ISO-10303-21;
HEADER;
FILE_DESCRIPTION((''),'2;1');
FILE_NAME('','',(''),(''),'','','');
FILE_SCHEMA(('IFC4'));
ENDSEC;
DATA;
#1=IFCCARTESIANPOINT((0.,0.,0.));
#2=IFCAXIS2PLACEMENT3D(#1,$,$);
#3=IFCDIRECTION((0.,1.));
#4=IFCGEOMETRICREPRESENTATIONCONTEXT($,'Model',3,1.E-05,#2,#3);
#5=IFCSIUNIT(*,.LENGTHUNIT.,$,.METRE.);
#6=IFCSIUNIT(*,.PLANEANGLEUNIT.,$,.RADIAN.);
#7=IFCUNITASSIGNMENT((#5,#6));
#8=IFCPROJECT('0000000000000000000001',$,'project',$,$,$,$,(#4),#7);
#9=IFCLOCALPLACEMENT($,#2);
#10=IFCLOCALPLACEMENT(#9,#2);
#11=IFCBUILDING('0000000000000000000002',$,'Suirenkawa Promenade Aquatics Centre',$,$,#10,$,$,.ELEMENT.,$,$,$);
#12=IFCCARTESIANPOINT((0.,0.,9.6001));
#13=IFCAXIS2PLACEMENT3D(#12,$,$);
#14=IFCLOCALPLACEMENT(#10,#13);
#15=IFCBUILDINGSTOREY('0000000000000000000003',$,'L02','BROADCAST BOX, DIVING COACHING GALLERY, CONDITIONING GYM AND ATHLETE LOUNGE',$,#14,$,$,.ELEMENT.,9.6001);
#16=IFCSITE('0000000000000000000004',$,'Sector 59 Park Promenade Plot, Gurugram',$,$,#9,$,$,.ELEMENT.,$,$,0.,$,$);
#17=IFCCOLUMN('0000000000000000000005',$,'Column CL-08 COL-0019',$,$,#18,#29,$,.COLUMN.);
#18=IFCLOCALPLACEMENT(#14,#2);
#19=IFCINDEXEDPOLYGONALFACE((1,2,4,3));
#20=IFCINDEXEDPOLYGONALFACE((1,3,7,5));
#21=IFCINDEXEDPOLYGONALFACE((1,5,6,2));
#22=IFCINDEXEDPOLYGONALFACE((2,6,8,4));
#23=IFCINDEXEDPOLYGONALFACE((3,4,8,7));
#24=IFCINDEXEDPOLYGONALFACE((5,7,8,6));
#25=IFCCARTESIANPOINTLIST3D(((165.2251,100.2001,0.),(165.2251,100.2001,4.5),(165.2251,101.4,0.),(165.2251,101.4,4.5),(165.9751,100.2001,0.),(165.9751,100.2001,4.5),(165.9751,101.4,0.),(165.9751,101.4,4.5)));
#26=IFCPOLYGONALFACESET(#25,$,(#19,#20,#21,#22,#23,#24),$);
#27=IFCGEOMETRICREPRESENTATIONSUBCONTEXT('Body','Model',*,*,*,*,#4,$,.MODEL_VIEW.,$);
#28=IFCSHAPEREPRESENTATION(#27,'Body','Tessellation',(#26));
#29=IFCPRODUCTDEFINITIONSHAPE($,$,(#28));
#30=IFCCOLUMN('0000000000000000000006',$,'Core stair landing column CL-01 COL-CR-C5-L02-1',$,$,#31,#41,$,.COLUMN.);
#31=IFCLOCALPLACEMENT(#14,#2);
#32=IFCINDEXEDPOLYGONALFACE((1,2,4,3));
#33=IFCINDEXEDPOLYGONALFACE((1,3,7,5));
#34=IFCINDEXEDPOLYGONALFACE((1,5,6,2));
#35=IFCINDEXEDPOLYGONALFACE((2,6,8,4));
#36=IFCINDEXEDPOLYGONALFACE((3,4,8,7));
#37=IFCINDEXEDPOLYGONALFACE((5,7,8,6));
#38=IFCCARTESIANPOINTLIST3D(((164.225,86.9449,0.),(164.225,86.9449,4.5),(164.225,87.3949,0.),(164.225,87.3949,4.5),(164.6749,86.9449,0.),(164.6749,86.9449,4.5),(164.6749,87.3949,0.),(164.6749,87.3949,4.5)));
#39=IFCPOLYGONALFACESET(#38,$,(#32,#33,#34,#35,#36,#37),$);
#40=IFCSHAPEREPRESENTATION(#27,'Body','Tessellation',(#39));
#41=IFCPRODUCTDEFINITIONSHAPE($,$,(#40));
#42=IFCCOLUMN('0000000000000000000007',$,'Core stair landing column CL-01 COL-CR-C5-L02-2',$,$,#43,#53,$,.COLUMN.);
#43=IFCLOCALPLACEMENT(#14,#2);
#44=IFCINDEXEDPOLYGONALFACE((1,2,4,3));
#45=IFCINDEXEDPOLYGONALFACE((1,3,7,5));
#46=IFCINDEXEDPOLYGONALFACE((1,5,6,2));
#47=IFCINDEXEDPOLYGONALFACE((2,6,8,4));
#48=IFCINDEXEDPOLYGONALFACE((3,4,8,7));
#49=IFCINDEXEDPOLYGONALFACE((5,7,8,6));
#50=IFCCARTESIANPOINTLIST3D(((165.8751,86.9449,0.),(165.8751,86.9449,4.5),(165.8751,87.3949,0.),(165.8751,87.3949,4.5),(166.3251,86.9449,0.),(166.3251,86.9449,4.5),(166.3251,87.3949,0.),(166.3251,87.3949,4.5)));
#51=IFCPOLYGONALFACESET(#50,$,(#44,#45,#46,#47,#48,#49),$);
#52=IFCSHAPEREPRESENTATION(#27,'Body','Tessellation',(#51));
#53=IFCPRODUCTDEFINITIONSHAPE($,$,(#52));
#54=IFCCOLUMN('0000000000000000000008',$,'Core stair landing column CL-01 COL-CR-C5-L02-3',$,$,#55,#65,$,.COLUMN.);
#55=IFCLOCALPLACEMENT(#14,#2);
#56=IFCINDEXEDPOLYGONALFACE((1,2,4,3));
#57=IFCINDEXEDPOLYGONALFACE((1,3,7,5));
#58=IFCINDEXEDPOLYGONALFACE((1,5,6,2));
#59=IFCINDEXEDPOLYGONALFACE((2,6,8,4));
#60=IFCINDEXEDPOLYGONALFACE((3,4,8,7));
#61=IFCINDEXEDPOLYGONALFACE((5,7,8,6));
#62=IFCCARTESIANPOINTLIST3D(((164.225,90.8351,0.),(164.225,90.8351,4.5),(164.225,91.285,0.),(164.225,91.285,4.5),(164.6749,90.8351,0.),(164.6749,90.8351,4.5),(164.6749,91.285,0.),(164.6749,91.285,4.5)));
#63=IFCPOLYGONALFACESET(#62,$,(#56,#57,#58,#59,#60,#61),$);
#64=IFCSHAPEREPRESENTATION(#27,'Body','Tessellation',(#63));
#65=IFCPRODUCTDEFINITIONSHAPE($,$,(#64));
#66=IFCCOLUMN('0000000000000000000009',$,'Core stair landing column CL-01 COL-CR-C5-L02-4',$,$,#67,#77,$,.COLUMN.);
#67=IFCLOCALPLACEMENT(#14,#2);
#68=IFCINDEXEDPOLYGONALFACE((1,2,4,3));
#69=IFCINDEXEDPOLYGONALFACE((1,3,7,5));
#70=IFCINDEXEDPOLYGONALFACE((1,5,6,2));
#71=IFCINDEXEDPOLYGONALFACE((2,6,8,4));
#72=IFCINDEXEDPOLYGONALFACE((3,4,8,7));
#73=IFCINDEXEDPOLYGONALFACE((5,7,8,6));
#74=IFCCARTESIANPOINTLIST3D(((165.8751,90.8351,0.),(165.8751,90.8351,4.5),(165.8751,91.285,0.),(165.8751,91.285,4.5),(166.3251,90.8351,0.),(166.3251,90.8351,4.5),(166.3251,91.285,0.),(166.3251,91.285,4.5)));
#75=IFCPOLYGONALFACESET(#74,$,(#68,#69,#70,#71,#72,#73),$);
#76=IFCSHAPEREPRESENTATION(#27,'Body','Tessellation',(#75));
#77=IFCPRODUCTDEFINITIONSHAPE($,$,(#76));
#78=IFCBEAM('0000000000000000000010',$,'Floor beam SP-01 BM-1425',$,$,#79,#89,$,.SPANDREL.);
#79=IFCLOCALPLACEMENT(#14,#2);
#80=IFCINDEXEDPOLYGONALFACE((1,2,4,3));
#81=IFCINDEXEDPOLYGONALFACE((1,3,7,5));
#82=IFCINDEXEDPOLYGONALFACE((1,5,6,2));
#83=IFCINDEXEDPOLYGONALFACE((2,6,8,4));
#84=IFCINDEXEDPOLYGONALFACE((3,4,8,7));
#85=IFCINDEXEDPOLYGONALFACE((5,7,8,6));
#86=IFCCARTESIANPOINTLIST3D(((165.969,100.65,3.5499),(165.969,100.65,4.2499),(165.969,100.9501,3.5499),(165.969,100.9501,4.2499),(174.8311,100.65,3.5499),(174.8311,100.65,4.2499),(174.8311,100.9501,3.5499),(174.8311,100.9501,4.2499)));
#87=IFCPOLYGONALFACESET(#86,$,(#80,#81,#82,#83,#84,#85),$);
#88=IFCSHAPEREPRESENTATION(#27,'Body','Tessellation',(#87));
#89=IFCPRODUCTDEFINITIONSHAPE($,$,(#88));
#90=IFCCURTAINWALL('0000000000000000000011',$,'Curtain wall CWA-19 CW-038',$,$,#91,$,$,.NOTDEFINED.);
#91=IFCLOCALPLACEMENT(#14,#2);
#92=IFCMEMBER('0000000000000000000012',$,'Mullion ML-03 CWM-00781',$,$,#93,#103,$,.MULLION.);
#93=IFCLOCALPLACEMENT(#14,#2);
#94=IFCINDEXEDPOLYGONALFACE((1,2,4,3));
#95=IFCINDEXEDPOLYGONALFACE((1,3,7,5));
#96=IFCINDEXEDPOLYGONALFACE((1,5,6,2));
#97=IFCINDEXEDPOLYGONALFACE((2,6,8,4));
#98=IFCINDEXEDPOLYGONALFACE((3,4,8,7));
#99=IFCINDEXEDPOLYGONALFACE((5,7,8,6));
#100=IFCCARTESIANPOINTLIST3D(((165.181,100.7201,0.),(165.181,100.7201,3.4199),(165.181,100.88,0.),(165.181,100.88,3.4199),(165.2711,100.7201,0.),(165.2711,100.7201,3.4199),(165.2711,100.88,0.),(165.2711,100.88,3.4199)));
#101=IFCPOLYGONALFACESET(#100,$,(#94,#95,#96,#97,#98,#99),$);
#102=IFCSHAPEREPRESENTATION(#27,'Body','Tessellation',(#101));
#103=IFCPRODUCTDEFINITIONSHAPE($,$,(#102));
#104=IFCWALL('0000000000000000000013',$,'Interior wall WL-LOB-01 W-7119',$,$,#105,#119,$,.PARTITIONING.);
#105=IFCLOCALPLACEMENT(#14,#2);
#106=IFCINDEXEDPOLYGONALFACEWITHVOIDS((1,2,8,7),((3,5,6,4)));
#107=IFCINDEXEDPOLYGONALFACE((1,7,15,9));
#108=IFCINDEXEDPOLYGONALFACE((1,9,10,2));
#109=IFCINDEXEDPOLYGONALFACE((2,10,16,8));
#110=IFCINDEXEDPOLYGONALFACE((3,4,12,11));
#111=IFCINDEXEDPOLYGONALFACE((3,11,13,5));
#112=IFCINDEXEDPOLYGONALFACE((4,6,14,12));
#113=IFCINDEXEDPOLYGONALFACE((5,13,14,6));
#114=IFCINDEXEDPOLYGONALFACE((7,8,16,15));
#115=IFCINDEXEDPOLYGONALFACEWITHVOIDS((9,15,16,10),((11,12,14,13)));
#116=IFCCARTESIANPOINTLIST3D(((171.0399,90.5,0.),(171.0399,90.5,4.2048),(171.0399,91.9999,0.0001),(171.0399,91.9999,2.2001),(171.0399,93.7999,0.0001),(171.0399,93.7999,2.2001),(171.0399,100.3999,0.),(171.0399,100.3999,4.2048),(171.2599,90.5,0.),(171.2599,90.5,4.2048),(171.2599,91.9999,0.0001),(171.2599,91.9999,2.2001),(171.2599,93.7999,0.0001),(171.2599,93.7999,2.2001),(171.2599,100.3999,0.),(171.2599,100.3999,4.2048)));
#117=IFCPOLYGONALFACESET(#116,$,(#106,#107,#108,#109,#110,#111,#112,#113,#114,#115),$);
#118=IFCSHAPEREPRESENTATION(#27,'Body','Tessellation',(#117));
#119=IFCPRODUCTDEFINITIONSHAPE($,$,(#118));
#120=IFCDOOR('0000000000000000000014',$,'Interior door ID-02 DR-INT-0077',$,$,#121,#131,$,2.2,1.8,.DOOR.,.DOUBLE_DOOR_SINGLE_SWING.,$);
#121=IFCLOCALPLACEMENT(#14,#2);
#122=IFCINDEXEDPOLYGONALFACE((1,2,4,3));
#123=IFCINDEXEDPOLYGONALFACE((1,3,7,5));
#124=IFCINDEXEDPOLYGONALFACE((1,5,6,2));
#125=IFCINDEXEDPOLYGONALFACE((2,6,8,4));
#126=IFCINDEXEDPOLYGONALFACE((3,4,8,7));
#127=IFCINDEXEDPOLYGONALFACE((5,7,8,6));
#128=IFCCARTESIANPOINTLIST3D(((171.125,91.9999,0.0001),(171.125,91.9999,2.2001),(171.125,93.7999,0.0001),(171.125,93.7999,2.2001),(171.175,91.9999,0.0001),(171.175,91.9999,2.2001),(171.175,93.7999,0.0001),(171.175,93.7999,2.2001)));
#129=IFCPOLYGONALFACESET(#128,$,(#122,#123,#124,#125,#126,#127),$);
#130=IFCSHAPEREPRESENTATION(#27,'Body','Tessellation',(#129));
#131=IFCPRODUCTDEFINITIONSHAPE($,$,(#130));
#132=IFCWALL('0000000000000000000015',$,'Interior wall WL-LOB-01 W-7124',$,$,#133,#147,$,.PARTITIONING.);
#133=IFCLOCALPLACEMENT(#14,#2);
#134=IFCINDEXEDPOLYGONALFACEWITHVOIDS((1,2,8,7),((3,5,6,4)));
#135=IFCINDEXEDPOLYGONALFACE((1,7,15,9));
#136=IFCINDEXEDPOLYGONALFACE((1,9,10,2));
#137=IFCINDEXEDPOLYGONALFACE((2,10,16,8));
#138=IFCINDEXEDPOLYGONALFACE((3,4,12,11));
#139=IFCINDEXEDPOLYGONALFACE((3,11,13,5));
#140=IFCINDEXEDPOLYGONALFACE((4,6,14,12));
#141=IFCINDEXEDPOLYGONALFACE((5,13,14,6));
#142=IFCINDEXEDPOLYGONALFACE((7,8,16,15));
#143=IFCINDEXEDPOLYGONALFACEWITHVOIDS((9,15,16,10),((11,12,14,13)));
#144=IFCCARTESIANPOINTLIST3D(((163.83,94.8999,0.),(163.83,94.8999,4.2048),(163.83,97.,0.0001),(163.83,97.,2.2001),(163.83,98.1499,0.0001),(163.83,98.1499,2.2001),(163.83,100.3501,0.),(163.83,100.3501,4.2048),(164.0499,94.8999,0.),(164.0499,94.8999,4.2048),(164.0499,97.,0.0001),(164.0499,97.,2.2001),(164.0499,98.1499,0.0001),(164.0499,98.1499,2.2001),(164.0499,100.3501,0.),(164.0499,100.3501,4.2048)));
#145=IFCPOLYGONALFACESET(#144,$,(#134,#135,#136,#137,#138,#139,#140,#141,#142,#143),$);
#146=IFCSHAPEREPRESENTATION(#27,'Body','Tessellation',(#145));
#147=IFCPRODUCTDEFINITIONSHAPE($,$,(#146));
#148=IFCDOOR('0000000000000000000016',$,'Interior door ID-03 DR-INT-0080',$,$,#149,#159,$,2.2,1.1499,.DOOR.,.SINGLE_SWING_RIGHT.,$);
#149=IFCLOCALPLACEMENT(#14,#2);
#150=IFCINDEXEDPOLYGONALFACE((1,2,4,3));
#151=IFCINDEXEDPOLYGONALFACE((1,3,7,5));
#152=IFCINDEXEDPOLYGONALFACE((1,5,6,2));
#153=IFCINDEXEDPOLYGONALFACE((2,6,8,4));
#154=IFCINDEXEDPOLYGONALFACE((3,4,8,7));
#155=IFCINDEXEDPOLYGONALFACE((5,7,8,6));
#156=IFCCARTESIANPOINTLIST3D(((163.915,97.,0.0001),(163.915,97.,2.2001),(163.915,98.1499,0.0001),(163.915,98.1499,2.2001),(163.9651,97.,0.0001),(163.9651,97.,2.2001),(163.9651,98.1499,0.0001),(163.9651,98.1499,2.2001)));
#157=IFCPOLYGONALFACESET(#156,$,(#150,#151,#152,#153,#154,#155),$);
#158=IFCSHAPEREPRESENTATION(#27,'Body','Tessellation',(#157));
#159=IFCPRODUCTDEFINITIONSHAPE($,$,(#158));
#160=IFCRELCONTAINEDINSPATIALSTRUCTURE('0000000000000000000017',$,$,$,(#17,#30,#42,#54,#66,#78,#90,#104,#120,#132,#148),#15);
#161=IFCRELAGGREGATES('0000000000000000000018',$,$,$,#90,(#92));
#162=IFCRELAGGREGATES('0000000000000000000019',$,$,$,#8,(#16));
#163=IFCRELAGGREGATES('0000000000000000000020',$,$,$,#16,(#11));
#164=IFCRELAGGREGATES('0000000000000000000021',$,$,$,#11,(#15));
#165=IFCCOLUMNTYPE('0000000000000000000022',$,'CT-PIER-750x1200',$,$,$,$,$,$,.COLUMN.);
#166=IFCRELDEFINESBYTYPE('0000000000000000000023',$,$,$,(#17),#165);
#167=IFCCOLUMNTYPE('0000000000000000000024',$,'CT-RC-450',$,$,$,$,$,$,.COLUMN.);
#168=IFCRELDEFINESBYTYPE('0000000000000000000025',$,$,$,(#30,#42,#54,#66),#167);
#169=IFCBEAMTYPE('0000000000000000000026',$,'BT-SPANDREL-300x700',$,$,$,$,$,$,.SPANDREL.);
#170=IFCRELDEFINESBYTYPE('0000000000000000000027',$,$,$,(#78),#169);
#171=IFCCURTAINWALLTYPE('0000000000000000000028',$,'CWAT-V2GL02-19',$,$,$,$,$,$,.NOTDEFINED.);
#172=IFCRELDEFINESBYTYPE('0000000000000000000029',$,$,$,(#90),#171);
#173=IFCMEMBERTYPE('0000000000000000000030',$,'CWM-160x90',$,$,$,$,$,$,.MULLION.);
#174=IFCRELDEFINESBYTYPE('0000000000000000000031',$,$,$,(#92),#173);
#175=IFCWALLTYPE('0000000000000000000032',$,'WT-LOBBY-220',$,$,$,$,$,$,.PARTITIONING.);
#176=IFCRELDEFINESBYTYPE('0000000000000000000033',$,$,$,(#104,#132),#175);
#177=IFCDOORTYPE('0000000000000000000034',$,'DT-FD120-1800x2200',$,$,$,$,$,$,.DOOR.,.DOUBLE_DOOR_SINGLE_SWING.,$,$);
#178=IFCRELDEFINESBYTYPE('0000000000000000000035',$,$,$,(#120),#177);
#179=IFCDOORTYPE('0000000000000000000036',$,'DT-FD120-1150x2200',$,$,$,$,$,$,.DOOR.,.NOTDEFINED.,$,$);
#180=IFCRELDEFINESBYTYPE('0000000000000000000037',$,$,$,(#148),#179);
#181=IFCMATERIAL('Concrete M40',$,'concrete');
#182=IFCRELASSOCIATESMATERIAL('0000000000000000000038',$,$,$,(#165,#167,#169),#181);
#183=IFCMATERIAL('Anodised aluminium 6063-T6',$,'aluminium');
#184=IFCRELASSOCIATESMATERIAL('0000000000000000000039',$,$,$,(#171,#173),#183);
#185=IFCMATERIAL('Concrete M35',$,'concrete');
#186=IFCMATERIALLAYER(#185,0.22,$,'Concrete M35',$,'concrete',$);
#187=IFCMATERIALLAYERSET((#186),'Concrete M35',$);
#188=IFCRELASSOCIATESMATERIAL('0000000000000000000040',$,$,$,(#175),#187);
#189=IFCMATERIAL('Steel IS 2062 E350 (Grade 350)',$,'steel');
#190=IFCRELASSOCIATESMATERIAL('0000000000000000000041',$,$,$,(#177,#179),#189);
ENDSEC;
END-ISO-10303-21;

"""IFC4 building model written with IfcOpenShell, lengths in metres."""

from ifc_helpers import new_model, si_unit, direction, frame, frame_2d, origin, origin_2d, place, context, subcontext, project, spatial, rectangle, extrude, material, layer, layer_set, material_profile, profile_set, type_object, element, fill, aggregate, save


model = new_model("IFC4")

# Units and contexts
model_context = context("Model", 3, precision=1e-05, world=origin(), true_north=direction((0.0, 1.0)))
body_context = subcontext(model_context, "Body", "Model", "MODEL_VIEW")
ifc_project = project(units=[si_unit("LENGTHUNIT", "METRE"), si_unit("PLANEANGLEUNIT", "RADIAN")], contexts=[model_context])

# Site, building, storey
site_placement = place(None, origin())
site = spatial("IfcSite", under=ifc_project, at=site_placement, Name="Sector 59 Park Promenade Plot, Gurugram", CompositionType="ELEMENT", RefElevation=0.0)
building_placement = place(site_placement, origin())
building = spatial("IfcBuilding", under=site, at=building_placement, Name="Suirenkawa Promenade Aquatics Centre", CompositionType="ELEMENT")
storey_placement = place(building_placement, frame((0.0, 0.0, 9.6001)))
storey = spatial("IfcBuildingStorey", under=building, at=storey_placement, Name="L02", Description="BROADCAST BOX, DIVING COACHING GALLERY, CONDITIONING GYM AND ATHLETE LOUNGE", CompositionType="ELEMENT", Elevation=9.6001)

# Columns
ifc_material_1 = material(Name="Concrete M40", Category="concrete")
ifc_material_profile_1 = material_profile(ifc_material_1, rectangle(XDim=0.75, YDim=1.2, at=origin_2d()), Name="RC PIER 750x1200", Category="concrete")
ifc_profile_set_1 = profile_set([ifc_material_profile_1], Name="Concrete M40")
column_type_1 = type_object("IfcColumnType", Name="CT-PIER-750x1200", PredefinedType="COLUMN", material=ifc_profile_set_1)
column_placement = place(storey_placement, frame((165.6001, 100.8, 0.0), z_axis=(0.0, 0.0, 1.0), x_axis=(1.0, 0.0, 0.0)))
element("IfcColumn", 1, at=column_placement, inside=storey, type_object=column_type_1, Name="Column CL-08 COL-0019", PredefinedType="COLUMN", context=body_context, shape_type="SweptSolid", body=[
    extrude(rectangle(XDim=0.75, YDim=1.2, at=origin_2d()), origin(), (0.0, 0.0, 1.0), 4.5),
])
ifc_material_profile_2 = material_profile(ifc_material_1, rectangle(XDim=0.45, YDim=0.45, at=origin_2d()), Name="RC COL 450x450", Category="concrete")
ifc_profile_set_2 = profile_set([ifc_material_profile_2], Name="Concrete M40")
column_type_2 = type_object("IfcColumnType", Name="CT-RC-450", PredefinedType="COLUMN", material=ifc_profile_set_2)
for number, where, z_axis, x_axis, name in (
    (2, (164.45, 87.1699, 0.0), (0.0, 0.0, 1.0), (1.0, 0.0, 0.0), "Core stair landing column CL-01 COL-CR-C5-L02-1"),
    (3, (166.1001, 87.1699, 0.0), (0.0, 0.0, 1.0), (1.0, 0.0, 0.0), "Core stair landing column CL-01 COL-CR-C5-L02-2"),
    (4, (164.45, 91.0601, 0.0), (0.0, 0.0, 1.0), (1.0, 0.0, 0.0), "Core stair landing column CL-01 COL-CR-C5-L02-3"),
    (5, (166.1001, 91.0601, 0.0), (0.0, 0.0, 1.0), (1.0, 0.0, 0.0), "Core stair landing column CL-01 COL-CR-C5-L02-4"),
):
    element("IfcColumn", number, at=place(storey_placement, frame(where, z_axis=z_axis, x_axis=x_axis)), inside=storey, type_object=column_type_2, Name=name, PredefinedType="COLUMN", context=body_context, shape_type="SweptSolid", body=[
        extrude(rectangle(XDim=0.45, YDim=0.45, at=origin_2d()), origin(), (0.0, 0.0, 1.0), 4.5),
    ])

# Beam
ifc_material_profile_3 = material_profile(ifc_material_1, rectangle(XDim=0.3, YDim=0.7, at=origin_2d()), Name="RC SPANDREL 300x700", Category="concrete")
ifc_profile_set_3 = profile_set([ifc_material_profile_3], Name="Concrete M40")
beam_type = type_object("IfcBeamType", Name="BT-SPANDREL-300x700", PredefinedType="SPANDREL", material=ifc_profile_set_3)
beam_placement = place(storey_placement, frame((165.969, 100.8, 3.8999), z_axis=(1.0, 0.0, 0.0), x_axis=(0.0, 1.0, 0.0)))
element("IfcBeam", 6, at=beam_placement, inside=storey, type_object=beam_type, Name="Floor beam SP-01 BM-1425", PredefinedType="SPANDREL", context=body_context, shape_type="SweptSolid", body=[
    extrude(rectangle(XDim=0.3, YDim=0.7, at=origin_2d()), origin(), (0.0, 0.0, 1.0), 8.8621),
])

# Curtain wall, member
ifc_material_2 = material(Name="Anodised aluminium 6063-T6", Category="aluminium")
curtain_wall_type = type_object("IfcCurtainWallType", Name="CWAT-V2GL02-19", PredefinedType="NOTDEFINED", material=ifc_material_2)
curtain_wall_placement = place(storey_placement, origin())
curtain_wall = element("IfcCurtainWall", 7, at=curtain_wall_placement, inside=storey, type_object=curtain_wall_type, Name="Curtain wall CWA-19 CW-038", PredefinedType="NOTDEFINED")
ifc_material_profile_4 = material_profile(ifc_material_2, rectangle(XDim=0.0901, YDim=0.1599, at=origin_2d()), Name="ALU MULL 90x160", Category="aluminium")
ifc_profile_set_4 = profile_set([ifc_material_profile_4], Name="Anodised aluminium 6063-T6")
member_type = type_object("IfcMemberType", Name="CWM-160x90", PredefinedType="MULLION", material=ifc_profile_set_4)
member_placement = place(storey_placement, frame((165.2261, 100.8, 0.0), z_axis=(0.0, 0.0, 1.0), x_axis=(1.0, 0.0, 0.0)))
member = element("IfcMember", 8, at=member_placement, type_object=member_type, Name="Mullion ML-03 CWM-00781", PredefinedType="MULLION", context=body_context, shape_type="SweptSolid", body=[
    extrude(rectangle(XDim=0.0901, YDim=0.1599, at=origin_2d()), origin(), (0.0, 0.0, 1.0), 3.4199),
])
aggregate(curtain_wall, [member])

# Walls, openings, doors
ifc_material_3 = material(Name="Concrete M35", Category="concrete")
ifc_layer_1 = layer(ifc_material_3, 0.22, Name="Concrete M35", Category="concrete")
ifc_layer_set_1 = layer_set([ifc_layer_1], Name="Concrete M35")
wall_type_1 = type_object("IfcWallType", Name="WT-LOBBY-220", PredefinedType="PARTITIONING", material=ifc_layer_set_1)
wall_1_placement = place(storey_placement, frame((171.1499, 90.5, 0.0), z_axis=(0.0, 0.0, 1.0), x_axis=(0.0, 1.0, 0.0)))
wall_1 = element("IfcWall", 9, at=wall_1_placement, inside=storey, type_object=wall_type_1, Name="Interior wall WL-LOB-01 W-7119", PredefinedType="PARTITIONING", context=body_context, shape_type="SweptSolid", body=[
    extrude(rectangle(XDim=9.8999, YDim=0.22, at=frame_2d((4.95, 0.0))), origin(), (0.0, 0.0, 1.0), 4.2048),
])
opening_1_placement = place(wall_1_placement, frame((1.5, 0.0, 0.0)))
opening_1 = element("IfcOpeningElement", 10, at=opening_1_placement, cuts=wall_1, PredefinedType="OPENING", context=body_context, shape_type="SweptSolid", body=[
    extrude(rectangle(XDim=1.8, YDim=2.2, at=frame_2d((0.8999, 1.1001))), frame((0.0, 0.1199, 0.0), z_axis=(0.0, -1.0, 0.0), x_axis=(1.0, 0.0, 0.0)), (0.0, 0.0, 1.0), 0.24),
])
ifc_material_4 = material(Name="Steel IS 2062 E350 (Grade 350)", Category="steel")
door_type_1 = type_object("IfcDoorType", Name="DT-FD120-1800x2200", OperationType="DOUBLE_DOOR_SINGLE_SWING", PredefinedType="DOOR", material=ifc_material_4)
door_1_placement = place(opening_1_placement, origin())
door_1 = element("IfcDoor", 11, at=door_1_placement, inside=storey, type_object=door_type_1, Name="Interior door ID-02 DR-INT-0077", OperationType="DOUBLE_DOOR_SINGLE_SWING", OverallHeight=2.2, OverallWidth=1.8, PredefinedType="DOOR", context=body_context, shape_type="SweptSolid", body=[
    extrude(rectangle(XDim=1.8, YDim=2.2, at=frame_2d((0.8999, 1.1001))), frame((0.0, 0.0249, 0.0), z_axis=(0.0, -1.0, 0.0), x_axis=(1.0, 0.0, 0.0)), (0.0, 0.0, 1.0), 0.05),
])
fill(opening_1, door_1)
wall_2_placement = place(storey_placement, frame((163.9399, 94.8999, 0.0), z_axis=(0.0, 0.0, 1.0), x_axis=(0.0, 1.0, 0.0)))
wall_2 = element("IfcWall", 12, at=wall_2_placement, inside=storey, type_object=wall_type_1, Name="Interior wall WL-LOB-01 W-7124", PredefinedType="PARTITIONING", context=body_context, shape_type="SweptSolid", body=[
    extrude(rectangle(XDim=5.4502, YDim=0.22, at=frame_2d((2.7251, 0.0))), origin(), (0.0, 0.0, 1.0), 4.2048),
])
opening_2_placement = place(wall_2_placement, frame((2.1001, 0.0, 0.0)))
opening_2 = element("IfcOpeningElement", 13, at=opening_2_placement, cuts=wall_2, PredefinedType="OPENING", context=body_context, shape_type="SweptSolid", body=[
    extrude(rectangle(XDim=1.1499, YDim=2.2, at=frame_2d((0.575, 1.1001))), frame((0.0, 0.1199, 0.0), z_axis=(0.0, -1.0, 0.0), x_axis=(1.0, 0.0, 0.0)), (0.0, 0.0, 1.0), 0.24),
])
door_type_2 = type_object("IfcDoorType", Name="DT-FD120-1150x2200", OperationType="NOTDEFINED", PredefinedType="DOOR", material=ifc_material_4)
door_2_placement = place(opening_2_placement, origin())
door_2 = element("IfcDoor", 14, at=door_2_placement, inside=storey, type_object=door_type_2, Name="Interior door ID-03 DR-INT-0080", OperationType="SINGLE_SWING_RIGHT", OverallHeight=2.2, OverallWidth=1.1499, PredefinedType="DOOR", context=body_context, shape_type="SweptSolid", body=[
    extrude(rectangle(XDim=1.1499, YDim=2.2, at=frame_2d((0.575, 1.1001))), frame((0.0, 0.0249, 0.0), z_axis=(0.0, -1.0, 0.0), x_axis=(1.0, 0.0, 0.0)), (0.0, 0.0, 1.0), 0.05),
])
fill(opening_2, door_2)

save(model, "model.ifc")
